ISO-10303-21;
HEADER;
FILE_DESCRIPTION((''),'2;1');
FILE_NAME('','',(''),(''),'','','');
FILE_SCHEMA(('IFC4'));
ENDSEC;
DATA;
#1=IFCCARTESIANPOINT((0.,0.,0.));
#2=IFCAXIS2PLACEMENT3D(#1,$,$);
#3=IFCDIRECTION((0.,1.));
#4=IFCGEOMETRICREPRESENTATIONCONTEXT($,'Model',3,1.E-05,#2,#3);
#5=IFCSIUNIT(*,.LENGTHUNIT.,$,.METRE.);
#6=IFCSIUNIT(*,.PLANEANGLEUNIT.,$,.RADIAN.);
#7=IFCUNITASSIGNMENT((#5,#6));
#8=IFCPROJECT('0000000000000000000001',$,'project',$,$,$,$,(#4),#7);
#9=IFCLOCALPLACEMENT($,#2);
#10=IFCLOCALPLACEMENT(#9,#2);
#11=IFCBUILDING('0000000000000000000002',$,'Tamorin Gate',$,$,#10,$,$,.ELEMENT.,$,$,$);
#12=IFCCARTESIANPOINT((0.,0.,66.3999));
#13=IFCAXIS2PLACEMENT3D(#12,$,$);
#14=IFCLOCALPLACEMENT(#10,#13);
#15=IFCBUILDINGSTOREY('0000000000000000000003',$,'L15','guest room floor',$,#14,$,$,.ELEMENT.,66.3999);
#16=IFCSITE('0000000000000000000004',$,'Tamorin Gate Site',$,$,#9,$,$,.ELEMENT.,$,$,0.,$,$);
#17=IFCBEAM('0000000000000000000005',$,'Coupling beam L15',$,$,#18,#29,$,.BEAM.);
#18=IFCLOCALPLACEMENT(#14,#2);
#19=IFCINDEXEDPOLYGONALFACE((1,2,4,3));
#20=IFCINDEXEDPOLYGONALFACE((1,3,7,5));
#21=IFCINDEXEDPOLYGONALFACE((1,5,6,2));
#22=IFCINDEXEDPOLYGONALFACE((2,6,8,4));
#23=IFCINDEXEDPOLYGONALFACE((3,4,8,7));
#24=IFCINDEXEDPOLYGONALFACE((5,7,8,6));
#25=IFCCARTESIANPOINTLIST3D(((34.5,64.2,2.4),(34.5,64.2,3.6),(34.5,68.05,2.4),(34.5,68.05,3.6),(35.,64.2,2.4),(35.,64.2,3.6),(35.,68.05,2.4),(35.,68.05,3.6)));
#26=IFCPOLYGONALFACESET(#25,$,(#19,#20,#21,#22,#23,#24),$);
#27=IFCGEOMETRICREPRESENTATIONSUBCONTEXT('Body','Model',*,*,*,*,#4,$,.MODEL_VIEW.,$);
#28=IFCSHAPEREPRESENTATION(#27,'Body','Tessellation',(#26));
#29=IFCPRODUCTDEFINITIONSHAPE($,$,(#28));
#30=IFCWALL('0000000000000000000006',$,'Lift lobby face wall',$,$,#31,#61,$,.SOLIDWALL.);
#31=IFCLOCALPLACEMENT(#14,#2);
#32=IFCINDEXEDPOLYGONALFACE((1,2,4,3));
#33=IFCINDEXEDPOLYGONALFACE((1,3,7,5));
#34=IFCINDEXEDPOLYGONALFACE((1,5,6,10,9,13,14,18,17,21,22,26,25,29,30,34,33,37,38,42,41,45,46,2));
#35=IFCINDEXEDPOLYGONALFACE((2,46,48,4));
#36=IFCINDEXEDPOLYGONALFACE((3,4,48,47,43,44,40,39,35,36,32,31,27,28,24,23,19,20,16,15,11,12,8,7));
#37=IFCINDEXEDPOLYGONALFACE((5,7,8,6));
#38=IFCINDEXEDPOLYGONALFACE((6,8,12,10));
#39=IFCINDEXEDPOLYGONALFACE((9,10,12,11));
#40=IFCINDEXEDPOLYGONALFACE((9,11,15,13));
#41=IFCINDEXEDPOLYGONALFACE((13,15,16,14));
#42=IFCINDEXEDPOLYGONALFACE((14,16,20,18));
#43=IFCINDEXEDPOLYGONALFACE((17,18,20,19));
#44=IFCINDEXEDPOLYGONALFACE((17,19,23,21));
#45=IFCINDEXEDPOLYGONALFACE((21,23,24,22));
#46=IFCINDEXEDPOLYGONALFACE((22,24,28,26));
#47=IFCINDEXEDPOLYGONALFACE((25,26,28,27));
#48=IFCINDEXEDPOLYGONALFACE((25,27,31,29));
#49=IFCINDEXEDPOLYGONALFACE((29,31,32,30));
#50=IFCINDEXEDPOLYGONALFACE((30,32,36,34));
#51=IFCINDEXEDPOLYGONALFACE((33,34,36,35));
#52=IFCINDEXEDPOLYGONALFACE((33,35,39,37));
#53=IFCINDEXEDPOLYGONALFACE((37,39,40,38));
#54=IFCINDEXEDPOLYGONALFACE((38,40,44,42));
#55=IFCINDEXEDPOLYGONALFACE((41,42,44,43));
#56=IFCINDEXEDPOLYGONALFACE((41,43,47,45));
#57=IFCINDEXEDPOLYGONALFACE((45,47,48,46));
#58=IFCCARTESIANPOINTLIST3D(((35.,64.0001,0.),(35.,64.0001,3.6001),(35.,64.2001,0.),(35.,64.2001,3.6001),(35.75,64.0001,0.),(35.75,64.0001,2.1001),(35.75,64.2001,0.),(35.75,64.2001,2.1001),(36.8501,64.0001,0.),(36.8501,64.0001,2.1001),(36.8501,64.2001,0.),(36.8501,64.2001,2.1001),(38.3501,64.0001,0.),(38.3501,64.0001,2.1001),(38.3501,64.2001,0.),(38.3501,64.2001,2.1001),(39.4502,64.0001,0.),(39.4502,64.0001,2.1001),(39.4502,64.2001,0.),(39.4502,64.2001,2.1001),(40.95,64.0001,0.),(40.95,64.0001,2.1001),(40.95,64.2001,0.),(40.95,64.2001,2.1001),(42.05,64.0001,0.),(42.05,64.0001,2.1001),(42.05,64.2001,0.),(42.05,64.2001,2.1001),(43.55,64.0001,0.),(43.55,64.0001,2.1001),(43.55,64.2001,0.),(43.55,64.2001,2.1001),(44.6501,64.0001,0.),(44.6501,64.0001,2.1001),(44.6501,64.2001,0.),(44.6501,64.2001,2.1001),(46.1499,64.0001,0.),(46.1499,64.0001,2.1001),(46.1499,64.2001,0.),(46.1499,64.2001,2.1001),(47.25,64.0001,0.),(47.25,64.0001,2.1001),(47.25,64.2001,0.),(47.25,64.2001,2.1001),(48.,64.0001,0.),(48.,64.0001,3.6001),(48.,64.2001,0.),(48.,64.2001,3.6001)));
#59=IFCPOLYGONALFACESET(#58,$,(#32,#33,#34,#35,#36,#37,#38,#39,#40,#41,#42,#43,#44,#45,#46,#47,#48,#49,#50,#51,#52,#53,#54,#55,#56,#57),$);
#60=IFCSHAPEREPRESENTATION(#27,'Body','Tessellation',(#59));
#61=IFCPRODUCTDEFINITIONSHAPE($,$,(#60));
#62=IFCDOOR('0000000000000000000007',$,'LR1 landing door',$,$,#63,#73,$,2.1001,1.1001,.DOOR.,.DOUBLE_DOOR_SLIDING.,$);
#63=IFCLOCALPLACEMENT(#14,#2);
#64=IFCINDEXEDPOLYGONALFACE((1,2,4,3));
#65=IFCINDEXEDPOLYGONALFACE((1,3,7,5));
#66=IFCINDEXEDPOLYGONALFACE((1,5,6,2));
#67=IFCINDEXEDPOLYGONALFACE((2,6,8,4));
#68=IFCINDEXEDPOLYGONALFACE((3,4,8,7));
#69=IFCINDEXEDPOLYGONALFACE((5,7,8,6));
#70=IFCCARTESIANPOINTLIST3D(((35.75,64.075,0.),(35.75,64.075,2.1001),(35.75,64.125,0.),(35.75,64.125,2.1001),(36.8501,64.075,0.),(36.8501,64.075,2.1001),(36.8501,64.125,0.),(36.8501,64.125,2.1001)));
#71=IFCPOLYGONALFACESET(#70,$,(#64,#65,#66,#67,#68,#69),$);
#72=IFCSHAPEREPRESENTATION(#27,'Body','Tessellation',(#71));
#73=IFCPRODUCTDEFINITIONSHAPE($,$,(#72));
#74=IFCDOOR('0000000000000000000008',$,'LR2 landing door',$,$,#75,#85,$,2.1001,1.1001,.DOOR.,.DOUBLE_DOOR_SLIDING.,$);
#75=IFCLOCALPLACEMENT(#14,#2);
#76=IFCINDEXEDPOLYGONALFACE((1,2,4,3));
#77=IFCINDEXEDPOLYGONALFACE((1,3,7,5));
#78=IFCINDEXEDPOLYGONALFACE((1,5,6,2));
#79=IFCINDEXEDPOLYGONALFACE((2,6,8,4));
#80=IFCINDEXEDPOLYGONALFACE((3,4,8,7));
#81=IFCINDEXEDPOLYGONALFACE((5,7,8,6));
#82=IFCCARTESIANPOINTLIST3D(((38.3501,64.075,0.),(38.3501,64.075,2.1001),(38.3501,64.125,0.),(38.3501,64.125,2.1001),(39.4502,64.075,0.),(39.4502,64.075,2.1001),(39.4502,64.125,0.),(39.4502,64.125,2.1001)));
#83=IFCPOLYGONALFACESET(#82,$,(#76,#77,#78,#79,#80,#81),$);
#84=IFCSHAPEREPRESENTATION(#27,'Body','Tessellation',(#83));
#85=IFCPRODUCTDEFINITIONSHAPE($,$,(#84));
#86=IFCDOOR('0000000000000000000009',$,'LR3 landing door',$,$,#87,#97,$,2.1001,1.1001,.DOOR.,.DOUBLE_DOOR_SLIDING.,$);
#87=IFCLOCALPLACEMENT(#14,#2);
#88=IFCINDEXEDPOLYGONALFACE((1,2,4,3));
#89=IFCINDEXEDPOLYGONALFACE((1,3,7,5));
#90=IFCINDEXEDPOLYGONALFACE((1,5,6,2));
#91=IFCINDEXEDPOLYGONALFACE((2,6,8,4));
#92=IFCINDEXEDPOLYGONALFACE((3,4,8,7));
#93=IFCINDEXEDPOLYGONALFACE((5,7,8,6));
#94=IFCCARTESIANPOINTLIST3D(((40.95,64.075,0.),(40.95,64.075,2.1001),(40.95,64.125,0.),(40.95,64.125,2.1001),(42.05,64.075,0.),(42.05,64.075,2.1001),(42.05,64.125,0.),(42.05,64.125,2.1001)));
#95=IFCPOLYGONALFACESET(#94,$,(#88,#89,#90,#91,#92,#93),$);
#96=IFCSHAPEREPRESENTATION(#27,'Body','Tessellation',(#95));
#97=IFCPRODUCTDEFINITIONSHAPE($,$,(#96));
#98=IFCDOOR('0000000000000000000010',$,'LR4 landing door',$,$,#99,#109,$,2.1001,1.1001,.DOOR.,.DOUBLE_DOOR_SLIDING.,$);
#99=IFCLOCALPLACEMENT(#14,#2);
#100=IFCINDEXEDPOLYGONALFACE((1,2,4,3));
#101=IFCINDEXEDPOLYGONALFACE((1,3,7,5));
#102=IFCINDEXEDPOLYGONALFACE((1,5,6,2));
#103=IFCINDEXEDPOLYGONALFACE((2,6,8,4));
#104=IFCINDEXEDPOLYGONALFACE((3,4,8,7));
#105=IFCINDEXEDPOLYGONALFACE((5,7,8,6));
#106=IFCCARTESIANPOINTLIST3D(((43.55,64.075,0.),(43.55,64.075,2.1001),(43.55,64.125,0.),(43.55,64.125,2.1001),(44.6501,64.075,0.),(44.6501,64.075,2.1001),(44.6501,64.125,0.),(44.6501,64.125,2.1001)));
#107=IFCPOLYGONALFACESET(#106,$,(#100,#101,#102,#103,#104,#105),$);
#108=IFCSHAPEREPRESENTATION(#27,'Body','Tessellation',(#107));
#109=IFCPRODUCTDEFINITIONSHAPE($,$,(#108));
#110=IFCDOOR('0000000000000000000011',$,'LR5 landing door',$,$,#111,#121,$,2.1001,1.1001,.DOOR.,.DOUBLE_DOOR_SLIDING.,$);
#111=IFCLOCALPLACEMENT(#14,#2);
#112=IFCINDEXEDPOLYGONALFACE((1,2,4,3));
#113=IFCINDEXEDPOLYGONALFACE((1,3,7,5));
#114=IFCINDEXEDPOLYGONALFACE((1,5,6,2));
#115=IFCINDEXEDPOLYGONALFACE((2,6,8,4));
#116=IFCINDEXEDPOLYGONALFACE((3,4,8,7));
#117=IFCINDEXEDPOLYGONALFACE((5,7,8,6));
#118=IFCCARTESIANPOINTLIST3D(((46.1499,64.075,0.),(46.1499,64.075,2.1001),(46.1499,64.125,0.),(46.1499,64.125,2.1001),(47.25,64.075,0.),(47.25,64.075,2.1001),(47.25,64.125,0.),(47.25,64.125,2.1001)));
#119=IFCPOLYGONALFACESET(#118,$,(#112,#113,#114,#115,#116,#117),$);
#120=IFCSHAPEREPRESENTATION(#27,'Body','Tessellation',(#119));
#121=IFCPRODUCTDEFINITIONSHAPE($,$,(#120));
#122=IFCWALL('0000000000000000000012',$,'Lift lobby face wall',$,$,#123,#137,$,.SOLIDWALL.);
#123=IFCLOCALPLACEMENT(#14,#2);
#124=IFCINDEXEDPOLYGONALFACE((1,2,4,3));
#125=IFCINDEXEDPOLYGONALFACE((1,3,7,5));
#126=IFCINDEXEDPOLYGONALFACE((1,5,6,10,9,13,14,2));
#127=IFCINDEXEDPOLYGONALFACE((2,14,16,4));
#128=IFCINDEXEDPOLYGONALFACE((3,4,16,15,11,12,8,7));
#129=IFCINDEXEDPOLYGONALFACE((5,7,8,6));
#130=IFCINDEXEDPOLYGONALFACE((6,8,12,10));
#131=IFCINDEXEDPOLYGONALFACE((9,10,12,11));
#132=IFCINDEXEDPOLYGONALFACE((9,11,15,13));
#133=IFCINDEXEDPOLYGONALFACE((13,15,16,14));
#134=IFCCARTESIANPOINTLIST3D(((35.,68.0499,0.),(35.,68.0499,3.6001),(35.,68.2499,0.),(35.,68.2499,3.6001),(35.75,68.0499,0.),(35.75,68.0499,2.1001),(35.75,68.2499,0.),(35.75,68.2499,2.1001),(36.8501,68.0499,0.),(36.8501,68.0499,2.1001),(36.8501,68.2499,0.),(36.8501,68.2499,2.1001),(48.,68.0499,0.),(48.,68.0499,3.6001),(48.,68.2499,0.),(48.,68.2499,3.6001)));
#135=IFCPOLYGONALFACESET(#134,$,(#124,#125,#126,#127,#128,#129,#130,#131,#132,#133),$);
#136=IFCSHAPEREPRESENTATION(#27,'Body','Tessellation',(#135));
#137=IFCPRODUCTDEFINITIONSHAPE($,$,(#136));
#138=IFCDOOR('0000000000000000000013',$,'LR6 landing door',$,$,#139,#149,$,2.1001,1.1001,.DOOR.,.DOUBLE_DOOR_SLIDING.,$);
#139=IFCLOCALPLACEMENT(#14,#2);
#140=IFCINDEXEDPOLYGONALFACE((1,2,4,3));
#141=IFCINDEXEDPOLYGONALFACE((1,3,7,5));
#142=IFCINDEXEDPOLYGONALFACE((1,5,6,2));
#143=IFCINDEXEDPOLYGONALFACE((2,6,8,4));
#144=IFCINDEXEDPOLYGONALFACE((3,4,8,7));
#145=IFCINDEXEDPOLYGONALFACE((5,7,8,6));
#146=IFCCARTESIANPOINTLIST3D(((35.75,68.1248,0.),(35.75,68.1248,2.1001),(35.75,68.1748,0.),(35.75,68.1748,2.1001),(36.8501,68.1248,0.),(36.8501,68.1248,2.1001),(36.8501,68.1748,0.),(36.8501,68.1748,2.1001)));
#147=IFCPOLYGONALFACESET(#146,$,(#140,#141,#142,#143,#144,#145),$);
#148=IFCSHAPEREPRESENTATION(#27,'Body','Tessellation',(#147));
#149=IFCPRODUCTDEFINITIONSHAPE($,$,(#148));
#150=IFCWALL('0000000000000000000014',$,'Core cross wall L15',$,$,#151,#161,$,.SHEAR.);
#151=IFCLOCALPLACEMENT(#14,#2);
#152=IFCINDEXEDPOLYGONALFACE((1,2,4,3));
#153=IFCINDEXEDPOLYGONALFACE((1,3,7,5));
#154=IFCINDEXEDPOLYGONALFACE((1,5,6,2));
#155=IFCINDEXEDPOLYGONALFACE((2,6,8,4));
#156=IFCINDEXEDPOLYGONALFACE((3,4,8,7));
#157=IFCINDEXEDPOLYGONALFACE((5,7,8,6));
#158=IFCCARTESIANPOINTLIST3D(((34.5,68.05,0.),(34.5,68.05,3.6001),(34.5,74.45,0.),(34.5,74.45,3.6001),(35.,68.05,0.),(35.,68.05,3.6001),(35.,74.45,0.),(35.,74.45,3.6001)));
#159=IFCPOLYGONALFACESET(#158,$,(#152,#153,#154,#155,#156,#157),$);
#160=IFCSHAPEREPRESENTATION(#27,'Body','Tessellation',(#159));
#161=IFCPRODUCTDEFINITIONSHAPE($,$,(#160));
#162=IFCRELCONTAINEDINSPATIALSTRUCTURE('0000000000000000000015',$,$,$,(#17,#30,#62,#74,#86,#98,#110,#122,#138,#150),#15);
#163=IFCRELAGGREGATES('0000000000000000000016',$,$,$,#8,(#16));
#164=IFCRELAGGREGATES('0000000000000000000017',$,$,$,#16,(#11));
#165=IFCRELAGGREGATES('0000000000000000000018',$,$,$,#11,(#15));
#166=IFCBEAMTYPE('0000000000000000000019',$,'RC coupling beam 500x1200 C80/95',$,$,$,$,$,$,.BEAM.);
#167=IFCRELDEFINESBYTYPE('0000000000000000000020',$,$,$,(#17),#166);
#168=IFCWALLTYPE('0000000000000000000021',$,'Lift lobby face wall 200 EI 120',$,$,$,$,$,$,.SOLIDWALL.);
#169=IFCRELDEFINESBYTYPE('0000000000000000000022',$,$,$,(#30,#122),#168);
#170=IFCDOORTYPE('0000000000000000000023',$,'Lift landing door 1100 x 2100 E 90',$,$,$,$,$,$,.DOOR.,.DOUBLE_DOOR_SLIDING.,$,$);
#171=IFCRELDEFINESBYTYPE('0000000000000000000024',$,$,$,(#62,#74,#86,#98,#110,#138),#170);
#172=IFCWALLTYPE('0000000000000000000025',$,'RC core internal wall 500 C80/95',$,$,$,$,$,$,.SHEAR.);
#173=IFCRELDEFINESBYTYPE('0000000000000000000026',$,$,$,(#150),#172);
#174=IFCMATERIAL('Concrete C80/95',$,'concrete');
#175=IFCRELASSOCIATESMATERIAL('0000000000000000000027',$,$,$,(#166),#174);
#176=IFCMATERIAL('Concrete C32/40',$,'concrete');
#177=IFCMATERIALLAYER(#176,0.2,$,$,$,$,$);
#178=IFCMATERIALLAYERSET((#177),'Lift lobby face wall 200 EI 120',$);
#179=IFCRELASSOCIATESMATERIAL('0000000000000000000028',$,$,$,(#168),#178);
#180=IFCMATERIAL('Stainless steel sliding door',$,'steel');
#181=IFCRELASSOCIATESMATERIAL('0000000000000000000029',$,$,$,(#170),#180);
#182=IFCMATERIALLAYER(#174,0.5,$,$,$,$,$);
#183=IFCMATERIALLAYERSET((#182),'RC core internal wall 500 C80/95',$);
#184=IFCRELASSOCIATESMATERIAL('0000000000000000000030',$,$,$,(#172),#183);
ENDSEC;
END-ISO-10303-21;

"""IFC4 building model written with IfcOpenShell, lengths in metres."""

from ifc_helpers import new_model, si_unit, direction, frame, frame_2d, origin, origin_2d, place, context, subcontext, project, spatial, rectangle, extrude, material, layer, layer_set, material_profile, profile_set, type_object, element, fill, save


model = new_model("IFC4")

# Units and contexts
model_context = context("Model", 3, precision=1e-05, world=origin(), true_north=direction((0.0, 1.0)))
body_context = subcontext(model_context, "Body", "Model", "MODEL_VIEW")
ifc_project = project(units=[si_unit("LENGTHUNIT", "METRE"), si_unit("PLANEANGLEUNIT", "RADIAN")], contexts=[model_context])

# Site, building, storey
site_placement = place(None, origin())
site = spatial("IfcSite", under=ifc_project, at=site_placement, Name="Tamorin Gate Site", CompositionType="ELEMENT", RefElevation=0.0)
building_placement = place(site_placement, origin())
building = spatial("IfcBuilding", under=site, at=building_placement, Name="Tamorin Gate", CompositionType="ELEMENT")
storey_placement = place(building_placement, frame((0.0, 0.0, 66.3999)))
storey = spatial("IfcBuildingStorey", under=building, at=storey_placement, Name="L15", Description="guest room floor", CompositionType="ELEMENT", Elevation=66.3999)

# Beam
ifc_material_1 = material(Name="Concrete C80/95", Category="concrete")
ifc_material_profile = material_profile(ifc_material_1, rectangle(XDim=0.5, YDim=1.2, at=origin_2d()), Name="RC 500x1200")
ifc_profile_set = profile_set([ifc_material_profile], Name="Concrete C80/95")
beam_type = type_object("IfcBeamType", Name="RC coupling beam 500x1200 C80/95", PredefinedType="BEAM", material=ifc_profile_set)
beam_placement = place(storey_placement, frame((34.75, 64.2, 3.0), z_axis=(0.0, 1.0, 0.0), x_axis=(-1.0, 0.0, 0.0)))
element("IfcBeam", 1, at=beam_placement, inside=storey, type_object=beam_type, Name="Coupling beam L15", PredefinedType="BEAM", context=body_context, shape_type="SweptSolid", body=[
    extrude(rectangle(XDim=0.5, YDim=1.2, at=origin_2d()), origin(), (0.0, 0.0, 1.0), 3.8501),
])

# Wall, openings, doors
ifc_material_2 = material(Name="Concrete C32/40", Category="concrete")
ifc_layer_1 = layer(ifc_material_2, 0.2)
ifc_layer_set_1 = layer_set([ifc_layer_1], Name="Lift lobby face wall 200 EI 120")
wall_type_1 = type_object("IfcWallType", Name="Lift lobby face wall 200 EI 120", PredefinedType="SOLIDWALL", material=ifc_layer_set_1)
wall_1_placement = place(storey_placement, frame((35.0, 64.1001, 0.0), z_axis=(0.0, 0.0, 1.0), x_axis=(1.0, 0.0, 0.0)))
wall_1 = element("IfcWall", 2, at=wall_1_placement, inside=storey, type_object=wall_type_1, Name="Lift lobby face wall", PredefinedType="SOLIDWALL", context=body_context, shape_type="SweptSolid", body=[
    extrude(rectangle(XDim=13.0, YDim=0.2, at=frame_2d((6.5, 0.0))), origin(), (0.0, 0.0, 1.0), 3.6001),
])
opening_1_placement = place(wall_1_placement, frame((0.75, 0.0, 0.0)))
opening_1 = element("IfcOpeningElement", 3, at=opening_1_placement, cuts=wall_1, PredefinedType="OPENING", context=body_context, shape_type="SweptSolid", body=[
    extrude(rectangle(XDim=1.1001, YDim=2.1001, at=frame_2d((0.55, 1.05))), frame((0.0, 0.1099, 0.0), z_axis=(0.0, -1.0, 0.0), x_axis=(1.0, 0.0, 0.0)), (0.0, 0.0, 1.0), 0.22),
])
opening_2_placement = place(wall_1_placement, frame((3.3501, 0.0, 0.0)))
opening_2 = element("IfcOpeningElement", 4, at=opening_2_placement, cuts=wall_1, PredefinedType="OPENING", context=body_context, shape_type="SweptSolid", body=[
    extrude(rectangle(XDim=1.1001, YDim=2.1001, at=frame_2d((0.55, 1.05))), frame((0.0, 0.1099, 0.0), z_axis=(0.0, -1.0, 0.0), x_axis=(1.0, 0.0, 0.0)), (0.0, 0.0, 1.0), 0.22),
])
opening_3_placement = place(wall_1_placement, frame((5.95, 0.0, 0.0)))
opening_3 = element("IfcOpeningElement", 5, at=opening_3_placement, cuts=wall_1, PredefinedType="OPENING", context=body_context, shape_type="SweptSolid", body=[
    extrude(rectangle(XDim=1.1001, YDim=2.1001, at=frame_2d((0.55, 1.05))), frame((0.0, 0.1099, 0.0), z_axis=(0.0, -1.0, 0.0), x_axis=(1.0, 0.0, 0.0)), (0.0, 0.0, 1.0), 0.22),
])
opening_4_placement = place(wall_1_placement, frame((8.55, 0.0, 0.0)))
opening_4 = element("IfcOpeningElement", 6, at=opening_4_placement, cuts=wall_1, PredefinedType="OPENING", context=body_context, shape_type="SweptSolid", body=[
    extrude(rectangle(XDim=1.1001, YDim=2.1001, at=frame_2d((0.55, 1.05))), frame((0.0, 0.1099, 0.0), z_axis=(0.0, -1.0, 0.0), x_axis=(1.0, 0.0, 0.0)), (0.0, 0.0, 1.0), 0.22),
])
opening_5_placement = place(wall_1_placement, frame((11.1499, 0.0, 0.0)))
opening_5 = element("IfcOpeningElement", 7, at=opening_5_placement, cuts=wall_1, PredefinedType="OPENING", context=body_context, shape_type="SweptSolid", body=[
    extrude(rectangle(XDim=1.1001, YDim=2.1001, at=frame_2d((0.55, 1.05))), frame((0.0, 0.1099, 0.0), z_axis=(0.0, -1.0, 0.0), x_axis=(1.0, 0.0, 0.0)), (0.0, 0.0, 1.0), 0.22),
])
ifc_material_3 = material(Name="Stainless steel sliding door", Category="steel")
door_type_1 = type_object("IfcDoorType", Name="Lift landing door 1100 x 2100 E 90", OperationType="DOUBLE_DOOR_SLIDING", PredefinedType="DOOR", material=ifc_material_3)
door_1_placement = place(opening_1_placement, origin())
door_1 = element("IfcDoor", 8, at=door_1_placement, inside=storey, type_object=door_type_1, Name="LR1 landing door", OperationType="DOUBLE_DOOR_SLIDING", OverallHeight=2.1001, OverallWidth=1.1001, PredefinedType="DOOR", context=body_context, shape_type="SweptSolid", body=[
    extrude(rectangle(XDim=1.1001, YDim=2.1001, at=frame_2d((0.55, 1.05))), frame((0.0, 0.0249, 0.0), z_axis=(0.0, -1.0, 0.0), x_axis=(1.0, 0.0, 0.0)), (0.0, 0.0, 1.0), 0.05),
])
fill(opening_1, door_1)
door_2_placement = place(opening_2_placement, origin())
door_2 = element("IfcDoor", 9, at=door_2_placement, inside=storey, type_object=door_type_1, Name="LR2 landing door", OperationType="DOUBLE_DOOR_SLIDING", OverallHeight=2.1001, OverallWidth=1.1001, PredefinedType="DOOR", context=body_context, shape_type="SweptSolid", body=[
    extrude(rectangle(XDim=1.1001, YDim=2.1001, at=frame_2d((0.55, 1.05))), frame((0.0, 0.0249, 0.0), z_axis=(0.0, -1.0, 0.0), x_axis=(1.0, 0.0, 0.0)), (0.0, 0.0, 1.0), 0.05),
])
fill(opening_2, door_2)
door_3_placement = place(opening_3_placement, origin())
door_3 = element("IfcDoor", 10, at=door_3_placement, inside=storey, type_object=door_type_1, Name="LR3 landing door", OperationType="DOUBLE_DOOR_SLIDING", OverallHeight=2.1001, OverallWidth=1.1001, PredefinedType="DOOR", context=body_context, shape_type="SweptSolid", body=[
    extrude(rectangle(XDim=1.1001, YDim=2.1001, at=frame_2d((0.55, 1.05))), frame((0.0, 0.0249, 0.0), z_axis=(0.0, -1.0, 0.0), x_axis=(1.0, 0.0, 0.0)), (0.0, 0.0, 1.0), 0.05),
])
fill(opening_3, door_3)
door_4_placement = place(opening_4_placement, origin())
door_4 = element("IfcDoor", 11, at=door_4_placement, inside=storey, type_object=door_type_1, Name="LR4 landing door", OperationType="DOUBLE_DOOR_SLIDING", OverallHeight=2.1001, OverallWidth=1.1001, PredefinedType="DOOR", context=body_context, shape_type="SweptSolid", body=[
    extrude(rectangle(XDim=1.1001, YDim=2.1001, at=frame_2d((0.55, 1.05))), frame((0.0, 0.0249, 0.0), z_axis=(0.0, -1.0, 0.0), x_axis=(1.0, 0.0, 0.0)), (0.0, 0.0, 1.0), 0.05),
])
fill(opening_4, door_4)
door_5_placement = place(opening_5_placement, origin())
door_5 = element("IfcDoor", 12, at=door_5_placement, inside=storey, type_object=door_type_1, Name="LR5 landing door", OperationType="DOUBLE_DOOR_SLIDING", OverallHeight=2.1001, OverallWidth=1.1001, PredefinedType="DOOR", context=body_context, shape_type="SweptSolid", body=[
    extrude(rectangle(XDim=1.1001, YDim=2.1001, at=frame_2d((0.55, 1.05))), frame((0.0, 0.0249, 0.0), z_axis=(0.0, -1.0, 0.0), x_axis=(1.0, 0.0, 0.0)), (0.0, 0.0, 1.0), 0.05),
])
fill(opening_5, door_5)

# Wall, opening, door
wall_2_placement = place(storey_placement, frame((35.0, 68.1499, 0.0), z_axis=(0.0, 0.0, 1.0), x_axis=(1.0, 0.0, 0.0)))
wall_2 = element("IfcWall", 13, at=wall_2_placement, inside=storey, type_object=wall_type_1, Name="Lift lobby face wall", PredefinedType="SOLIDWALL", context=body_context, shape_type="SweptSolid", body=[
    extrude(rectangle(XDim=13.0, YDim=0.2, at=frame_2d((6.5, 0.0))), origin(), (0.0, 0.0, 1.0), 3.6001),
])
opening_6_placement = place(wall_2_placement, frame((0.75, 0.0, 0.0)))
opening_6 = element("IfcOpeningElement", 14, at=opening_6_placement, cuts=wall_2, PredefinedType="OPENING", context=body_context, shape_type="SweptSolid", body=[
    extrude(rectangle(XDim=1.1001, YDim=2.1001, at=frame_2d((0.55, 1.05))), frame((0.0, 0.1099, 0.0), z_axis=(0.0, -1.0, 0.0), x_axis=(1.0, 0.0, 0.0)), (0.0, 0.0, 1.0), 0.22),
])
door_6_placement = place(opening_6_placement, origin())
door_6 = element("IfcDoor", 15, at=door_6_placement, inside=storey, type_object=door_type_1, Name="LR6 landing door", OperationType="DOUBLE_DOOR_SLIDING", OverallHeight=2.1001, OverallWidth=1.1001, PredefinedType="DOOR", context=body_context, shape_type="SweptSolid", body=[
    extrude(rectangle(XDim=1.1001, YDim=2.1001, at=frame_2d((0.55, 1.05))), frame((0.0, 0.0249, 0.0), z_axis=(0.0, -1.0, 0.0), x_axis=(1.0, 0.0, 0.0)), (0.0, 0.0, 1.0), 0.05),
])
fill(opening_6, door_6)

# Wall
ifc_layer_2 = layer(ifc_material_1, 0.5)
ifc_layer_set_2 = layer_set([ifc_layer_2], Name="RC core internal wall 500 C80/95")
wall_type_2 = type_object("IfcWallType", Name="RC core internal wall 500 C80/95", PredefinedType="SHEAR", material=ifc_layer_set_2)
wall_3_placement = place(storey_placement, frame((34.75, 68.05, 0.0), z_axis=(0.0, 0.0, 1.0), x_axis=(0.0, 1.0, 0.0)))
element("IfcWall", 16, at=wall_3_placement, inside=storey, type_object=wall_type_2, Name="Core cross wall L15", PredefinedType="SHEAR", context=body_context, shape_type="SweptSolid", body=[
    extrude(rectangle(XDim=6.3999, YDim=0.5, at=frame_2d((3.2, 0.0))), origin(), (0.0, 0.0, 1.0), 3.6001),
])

save(model, "model.ifc")
